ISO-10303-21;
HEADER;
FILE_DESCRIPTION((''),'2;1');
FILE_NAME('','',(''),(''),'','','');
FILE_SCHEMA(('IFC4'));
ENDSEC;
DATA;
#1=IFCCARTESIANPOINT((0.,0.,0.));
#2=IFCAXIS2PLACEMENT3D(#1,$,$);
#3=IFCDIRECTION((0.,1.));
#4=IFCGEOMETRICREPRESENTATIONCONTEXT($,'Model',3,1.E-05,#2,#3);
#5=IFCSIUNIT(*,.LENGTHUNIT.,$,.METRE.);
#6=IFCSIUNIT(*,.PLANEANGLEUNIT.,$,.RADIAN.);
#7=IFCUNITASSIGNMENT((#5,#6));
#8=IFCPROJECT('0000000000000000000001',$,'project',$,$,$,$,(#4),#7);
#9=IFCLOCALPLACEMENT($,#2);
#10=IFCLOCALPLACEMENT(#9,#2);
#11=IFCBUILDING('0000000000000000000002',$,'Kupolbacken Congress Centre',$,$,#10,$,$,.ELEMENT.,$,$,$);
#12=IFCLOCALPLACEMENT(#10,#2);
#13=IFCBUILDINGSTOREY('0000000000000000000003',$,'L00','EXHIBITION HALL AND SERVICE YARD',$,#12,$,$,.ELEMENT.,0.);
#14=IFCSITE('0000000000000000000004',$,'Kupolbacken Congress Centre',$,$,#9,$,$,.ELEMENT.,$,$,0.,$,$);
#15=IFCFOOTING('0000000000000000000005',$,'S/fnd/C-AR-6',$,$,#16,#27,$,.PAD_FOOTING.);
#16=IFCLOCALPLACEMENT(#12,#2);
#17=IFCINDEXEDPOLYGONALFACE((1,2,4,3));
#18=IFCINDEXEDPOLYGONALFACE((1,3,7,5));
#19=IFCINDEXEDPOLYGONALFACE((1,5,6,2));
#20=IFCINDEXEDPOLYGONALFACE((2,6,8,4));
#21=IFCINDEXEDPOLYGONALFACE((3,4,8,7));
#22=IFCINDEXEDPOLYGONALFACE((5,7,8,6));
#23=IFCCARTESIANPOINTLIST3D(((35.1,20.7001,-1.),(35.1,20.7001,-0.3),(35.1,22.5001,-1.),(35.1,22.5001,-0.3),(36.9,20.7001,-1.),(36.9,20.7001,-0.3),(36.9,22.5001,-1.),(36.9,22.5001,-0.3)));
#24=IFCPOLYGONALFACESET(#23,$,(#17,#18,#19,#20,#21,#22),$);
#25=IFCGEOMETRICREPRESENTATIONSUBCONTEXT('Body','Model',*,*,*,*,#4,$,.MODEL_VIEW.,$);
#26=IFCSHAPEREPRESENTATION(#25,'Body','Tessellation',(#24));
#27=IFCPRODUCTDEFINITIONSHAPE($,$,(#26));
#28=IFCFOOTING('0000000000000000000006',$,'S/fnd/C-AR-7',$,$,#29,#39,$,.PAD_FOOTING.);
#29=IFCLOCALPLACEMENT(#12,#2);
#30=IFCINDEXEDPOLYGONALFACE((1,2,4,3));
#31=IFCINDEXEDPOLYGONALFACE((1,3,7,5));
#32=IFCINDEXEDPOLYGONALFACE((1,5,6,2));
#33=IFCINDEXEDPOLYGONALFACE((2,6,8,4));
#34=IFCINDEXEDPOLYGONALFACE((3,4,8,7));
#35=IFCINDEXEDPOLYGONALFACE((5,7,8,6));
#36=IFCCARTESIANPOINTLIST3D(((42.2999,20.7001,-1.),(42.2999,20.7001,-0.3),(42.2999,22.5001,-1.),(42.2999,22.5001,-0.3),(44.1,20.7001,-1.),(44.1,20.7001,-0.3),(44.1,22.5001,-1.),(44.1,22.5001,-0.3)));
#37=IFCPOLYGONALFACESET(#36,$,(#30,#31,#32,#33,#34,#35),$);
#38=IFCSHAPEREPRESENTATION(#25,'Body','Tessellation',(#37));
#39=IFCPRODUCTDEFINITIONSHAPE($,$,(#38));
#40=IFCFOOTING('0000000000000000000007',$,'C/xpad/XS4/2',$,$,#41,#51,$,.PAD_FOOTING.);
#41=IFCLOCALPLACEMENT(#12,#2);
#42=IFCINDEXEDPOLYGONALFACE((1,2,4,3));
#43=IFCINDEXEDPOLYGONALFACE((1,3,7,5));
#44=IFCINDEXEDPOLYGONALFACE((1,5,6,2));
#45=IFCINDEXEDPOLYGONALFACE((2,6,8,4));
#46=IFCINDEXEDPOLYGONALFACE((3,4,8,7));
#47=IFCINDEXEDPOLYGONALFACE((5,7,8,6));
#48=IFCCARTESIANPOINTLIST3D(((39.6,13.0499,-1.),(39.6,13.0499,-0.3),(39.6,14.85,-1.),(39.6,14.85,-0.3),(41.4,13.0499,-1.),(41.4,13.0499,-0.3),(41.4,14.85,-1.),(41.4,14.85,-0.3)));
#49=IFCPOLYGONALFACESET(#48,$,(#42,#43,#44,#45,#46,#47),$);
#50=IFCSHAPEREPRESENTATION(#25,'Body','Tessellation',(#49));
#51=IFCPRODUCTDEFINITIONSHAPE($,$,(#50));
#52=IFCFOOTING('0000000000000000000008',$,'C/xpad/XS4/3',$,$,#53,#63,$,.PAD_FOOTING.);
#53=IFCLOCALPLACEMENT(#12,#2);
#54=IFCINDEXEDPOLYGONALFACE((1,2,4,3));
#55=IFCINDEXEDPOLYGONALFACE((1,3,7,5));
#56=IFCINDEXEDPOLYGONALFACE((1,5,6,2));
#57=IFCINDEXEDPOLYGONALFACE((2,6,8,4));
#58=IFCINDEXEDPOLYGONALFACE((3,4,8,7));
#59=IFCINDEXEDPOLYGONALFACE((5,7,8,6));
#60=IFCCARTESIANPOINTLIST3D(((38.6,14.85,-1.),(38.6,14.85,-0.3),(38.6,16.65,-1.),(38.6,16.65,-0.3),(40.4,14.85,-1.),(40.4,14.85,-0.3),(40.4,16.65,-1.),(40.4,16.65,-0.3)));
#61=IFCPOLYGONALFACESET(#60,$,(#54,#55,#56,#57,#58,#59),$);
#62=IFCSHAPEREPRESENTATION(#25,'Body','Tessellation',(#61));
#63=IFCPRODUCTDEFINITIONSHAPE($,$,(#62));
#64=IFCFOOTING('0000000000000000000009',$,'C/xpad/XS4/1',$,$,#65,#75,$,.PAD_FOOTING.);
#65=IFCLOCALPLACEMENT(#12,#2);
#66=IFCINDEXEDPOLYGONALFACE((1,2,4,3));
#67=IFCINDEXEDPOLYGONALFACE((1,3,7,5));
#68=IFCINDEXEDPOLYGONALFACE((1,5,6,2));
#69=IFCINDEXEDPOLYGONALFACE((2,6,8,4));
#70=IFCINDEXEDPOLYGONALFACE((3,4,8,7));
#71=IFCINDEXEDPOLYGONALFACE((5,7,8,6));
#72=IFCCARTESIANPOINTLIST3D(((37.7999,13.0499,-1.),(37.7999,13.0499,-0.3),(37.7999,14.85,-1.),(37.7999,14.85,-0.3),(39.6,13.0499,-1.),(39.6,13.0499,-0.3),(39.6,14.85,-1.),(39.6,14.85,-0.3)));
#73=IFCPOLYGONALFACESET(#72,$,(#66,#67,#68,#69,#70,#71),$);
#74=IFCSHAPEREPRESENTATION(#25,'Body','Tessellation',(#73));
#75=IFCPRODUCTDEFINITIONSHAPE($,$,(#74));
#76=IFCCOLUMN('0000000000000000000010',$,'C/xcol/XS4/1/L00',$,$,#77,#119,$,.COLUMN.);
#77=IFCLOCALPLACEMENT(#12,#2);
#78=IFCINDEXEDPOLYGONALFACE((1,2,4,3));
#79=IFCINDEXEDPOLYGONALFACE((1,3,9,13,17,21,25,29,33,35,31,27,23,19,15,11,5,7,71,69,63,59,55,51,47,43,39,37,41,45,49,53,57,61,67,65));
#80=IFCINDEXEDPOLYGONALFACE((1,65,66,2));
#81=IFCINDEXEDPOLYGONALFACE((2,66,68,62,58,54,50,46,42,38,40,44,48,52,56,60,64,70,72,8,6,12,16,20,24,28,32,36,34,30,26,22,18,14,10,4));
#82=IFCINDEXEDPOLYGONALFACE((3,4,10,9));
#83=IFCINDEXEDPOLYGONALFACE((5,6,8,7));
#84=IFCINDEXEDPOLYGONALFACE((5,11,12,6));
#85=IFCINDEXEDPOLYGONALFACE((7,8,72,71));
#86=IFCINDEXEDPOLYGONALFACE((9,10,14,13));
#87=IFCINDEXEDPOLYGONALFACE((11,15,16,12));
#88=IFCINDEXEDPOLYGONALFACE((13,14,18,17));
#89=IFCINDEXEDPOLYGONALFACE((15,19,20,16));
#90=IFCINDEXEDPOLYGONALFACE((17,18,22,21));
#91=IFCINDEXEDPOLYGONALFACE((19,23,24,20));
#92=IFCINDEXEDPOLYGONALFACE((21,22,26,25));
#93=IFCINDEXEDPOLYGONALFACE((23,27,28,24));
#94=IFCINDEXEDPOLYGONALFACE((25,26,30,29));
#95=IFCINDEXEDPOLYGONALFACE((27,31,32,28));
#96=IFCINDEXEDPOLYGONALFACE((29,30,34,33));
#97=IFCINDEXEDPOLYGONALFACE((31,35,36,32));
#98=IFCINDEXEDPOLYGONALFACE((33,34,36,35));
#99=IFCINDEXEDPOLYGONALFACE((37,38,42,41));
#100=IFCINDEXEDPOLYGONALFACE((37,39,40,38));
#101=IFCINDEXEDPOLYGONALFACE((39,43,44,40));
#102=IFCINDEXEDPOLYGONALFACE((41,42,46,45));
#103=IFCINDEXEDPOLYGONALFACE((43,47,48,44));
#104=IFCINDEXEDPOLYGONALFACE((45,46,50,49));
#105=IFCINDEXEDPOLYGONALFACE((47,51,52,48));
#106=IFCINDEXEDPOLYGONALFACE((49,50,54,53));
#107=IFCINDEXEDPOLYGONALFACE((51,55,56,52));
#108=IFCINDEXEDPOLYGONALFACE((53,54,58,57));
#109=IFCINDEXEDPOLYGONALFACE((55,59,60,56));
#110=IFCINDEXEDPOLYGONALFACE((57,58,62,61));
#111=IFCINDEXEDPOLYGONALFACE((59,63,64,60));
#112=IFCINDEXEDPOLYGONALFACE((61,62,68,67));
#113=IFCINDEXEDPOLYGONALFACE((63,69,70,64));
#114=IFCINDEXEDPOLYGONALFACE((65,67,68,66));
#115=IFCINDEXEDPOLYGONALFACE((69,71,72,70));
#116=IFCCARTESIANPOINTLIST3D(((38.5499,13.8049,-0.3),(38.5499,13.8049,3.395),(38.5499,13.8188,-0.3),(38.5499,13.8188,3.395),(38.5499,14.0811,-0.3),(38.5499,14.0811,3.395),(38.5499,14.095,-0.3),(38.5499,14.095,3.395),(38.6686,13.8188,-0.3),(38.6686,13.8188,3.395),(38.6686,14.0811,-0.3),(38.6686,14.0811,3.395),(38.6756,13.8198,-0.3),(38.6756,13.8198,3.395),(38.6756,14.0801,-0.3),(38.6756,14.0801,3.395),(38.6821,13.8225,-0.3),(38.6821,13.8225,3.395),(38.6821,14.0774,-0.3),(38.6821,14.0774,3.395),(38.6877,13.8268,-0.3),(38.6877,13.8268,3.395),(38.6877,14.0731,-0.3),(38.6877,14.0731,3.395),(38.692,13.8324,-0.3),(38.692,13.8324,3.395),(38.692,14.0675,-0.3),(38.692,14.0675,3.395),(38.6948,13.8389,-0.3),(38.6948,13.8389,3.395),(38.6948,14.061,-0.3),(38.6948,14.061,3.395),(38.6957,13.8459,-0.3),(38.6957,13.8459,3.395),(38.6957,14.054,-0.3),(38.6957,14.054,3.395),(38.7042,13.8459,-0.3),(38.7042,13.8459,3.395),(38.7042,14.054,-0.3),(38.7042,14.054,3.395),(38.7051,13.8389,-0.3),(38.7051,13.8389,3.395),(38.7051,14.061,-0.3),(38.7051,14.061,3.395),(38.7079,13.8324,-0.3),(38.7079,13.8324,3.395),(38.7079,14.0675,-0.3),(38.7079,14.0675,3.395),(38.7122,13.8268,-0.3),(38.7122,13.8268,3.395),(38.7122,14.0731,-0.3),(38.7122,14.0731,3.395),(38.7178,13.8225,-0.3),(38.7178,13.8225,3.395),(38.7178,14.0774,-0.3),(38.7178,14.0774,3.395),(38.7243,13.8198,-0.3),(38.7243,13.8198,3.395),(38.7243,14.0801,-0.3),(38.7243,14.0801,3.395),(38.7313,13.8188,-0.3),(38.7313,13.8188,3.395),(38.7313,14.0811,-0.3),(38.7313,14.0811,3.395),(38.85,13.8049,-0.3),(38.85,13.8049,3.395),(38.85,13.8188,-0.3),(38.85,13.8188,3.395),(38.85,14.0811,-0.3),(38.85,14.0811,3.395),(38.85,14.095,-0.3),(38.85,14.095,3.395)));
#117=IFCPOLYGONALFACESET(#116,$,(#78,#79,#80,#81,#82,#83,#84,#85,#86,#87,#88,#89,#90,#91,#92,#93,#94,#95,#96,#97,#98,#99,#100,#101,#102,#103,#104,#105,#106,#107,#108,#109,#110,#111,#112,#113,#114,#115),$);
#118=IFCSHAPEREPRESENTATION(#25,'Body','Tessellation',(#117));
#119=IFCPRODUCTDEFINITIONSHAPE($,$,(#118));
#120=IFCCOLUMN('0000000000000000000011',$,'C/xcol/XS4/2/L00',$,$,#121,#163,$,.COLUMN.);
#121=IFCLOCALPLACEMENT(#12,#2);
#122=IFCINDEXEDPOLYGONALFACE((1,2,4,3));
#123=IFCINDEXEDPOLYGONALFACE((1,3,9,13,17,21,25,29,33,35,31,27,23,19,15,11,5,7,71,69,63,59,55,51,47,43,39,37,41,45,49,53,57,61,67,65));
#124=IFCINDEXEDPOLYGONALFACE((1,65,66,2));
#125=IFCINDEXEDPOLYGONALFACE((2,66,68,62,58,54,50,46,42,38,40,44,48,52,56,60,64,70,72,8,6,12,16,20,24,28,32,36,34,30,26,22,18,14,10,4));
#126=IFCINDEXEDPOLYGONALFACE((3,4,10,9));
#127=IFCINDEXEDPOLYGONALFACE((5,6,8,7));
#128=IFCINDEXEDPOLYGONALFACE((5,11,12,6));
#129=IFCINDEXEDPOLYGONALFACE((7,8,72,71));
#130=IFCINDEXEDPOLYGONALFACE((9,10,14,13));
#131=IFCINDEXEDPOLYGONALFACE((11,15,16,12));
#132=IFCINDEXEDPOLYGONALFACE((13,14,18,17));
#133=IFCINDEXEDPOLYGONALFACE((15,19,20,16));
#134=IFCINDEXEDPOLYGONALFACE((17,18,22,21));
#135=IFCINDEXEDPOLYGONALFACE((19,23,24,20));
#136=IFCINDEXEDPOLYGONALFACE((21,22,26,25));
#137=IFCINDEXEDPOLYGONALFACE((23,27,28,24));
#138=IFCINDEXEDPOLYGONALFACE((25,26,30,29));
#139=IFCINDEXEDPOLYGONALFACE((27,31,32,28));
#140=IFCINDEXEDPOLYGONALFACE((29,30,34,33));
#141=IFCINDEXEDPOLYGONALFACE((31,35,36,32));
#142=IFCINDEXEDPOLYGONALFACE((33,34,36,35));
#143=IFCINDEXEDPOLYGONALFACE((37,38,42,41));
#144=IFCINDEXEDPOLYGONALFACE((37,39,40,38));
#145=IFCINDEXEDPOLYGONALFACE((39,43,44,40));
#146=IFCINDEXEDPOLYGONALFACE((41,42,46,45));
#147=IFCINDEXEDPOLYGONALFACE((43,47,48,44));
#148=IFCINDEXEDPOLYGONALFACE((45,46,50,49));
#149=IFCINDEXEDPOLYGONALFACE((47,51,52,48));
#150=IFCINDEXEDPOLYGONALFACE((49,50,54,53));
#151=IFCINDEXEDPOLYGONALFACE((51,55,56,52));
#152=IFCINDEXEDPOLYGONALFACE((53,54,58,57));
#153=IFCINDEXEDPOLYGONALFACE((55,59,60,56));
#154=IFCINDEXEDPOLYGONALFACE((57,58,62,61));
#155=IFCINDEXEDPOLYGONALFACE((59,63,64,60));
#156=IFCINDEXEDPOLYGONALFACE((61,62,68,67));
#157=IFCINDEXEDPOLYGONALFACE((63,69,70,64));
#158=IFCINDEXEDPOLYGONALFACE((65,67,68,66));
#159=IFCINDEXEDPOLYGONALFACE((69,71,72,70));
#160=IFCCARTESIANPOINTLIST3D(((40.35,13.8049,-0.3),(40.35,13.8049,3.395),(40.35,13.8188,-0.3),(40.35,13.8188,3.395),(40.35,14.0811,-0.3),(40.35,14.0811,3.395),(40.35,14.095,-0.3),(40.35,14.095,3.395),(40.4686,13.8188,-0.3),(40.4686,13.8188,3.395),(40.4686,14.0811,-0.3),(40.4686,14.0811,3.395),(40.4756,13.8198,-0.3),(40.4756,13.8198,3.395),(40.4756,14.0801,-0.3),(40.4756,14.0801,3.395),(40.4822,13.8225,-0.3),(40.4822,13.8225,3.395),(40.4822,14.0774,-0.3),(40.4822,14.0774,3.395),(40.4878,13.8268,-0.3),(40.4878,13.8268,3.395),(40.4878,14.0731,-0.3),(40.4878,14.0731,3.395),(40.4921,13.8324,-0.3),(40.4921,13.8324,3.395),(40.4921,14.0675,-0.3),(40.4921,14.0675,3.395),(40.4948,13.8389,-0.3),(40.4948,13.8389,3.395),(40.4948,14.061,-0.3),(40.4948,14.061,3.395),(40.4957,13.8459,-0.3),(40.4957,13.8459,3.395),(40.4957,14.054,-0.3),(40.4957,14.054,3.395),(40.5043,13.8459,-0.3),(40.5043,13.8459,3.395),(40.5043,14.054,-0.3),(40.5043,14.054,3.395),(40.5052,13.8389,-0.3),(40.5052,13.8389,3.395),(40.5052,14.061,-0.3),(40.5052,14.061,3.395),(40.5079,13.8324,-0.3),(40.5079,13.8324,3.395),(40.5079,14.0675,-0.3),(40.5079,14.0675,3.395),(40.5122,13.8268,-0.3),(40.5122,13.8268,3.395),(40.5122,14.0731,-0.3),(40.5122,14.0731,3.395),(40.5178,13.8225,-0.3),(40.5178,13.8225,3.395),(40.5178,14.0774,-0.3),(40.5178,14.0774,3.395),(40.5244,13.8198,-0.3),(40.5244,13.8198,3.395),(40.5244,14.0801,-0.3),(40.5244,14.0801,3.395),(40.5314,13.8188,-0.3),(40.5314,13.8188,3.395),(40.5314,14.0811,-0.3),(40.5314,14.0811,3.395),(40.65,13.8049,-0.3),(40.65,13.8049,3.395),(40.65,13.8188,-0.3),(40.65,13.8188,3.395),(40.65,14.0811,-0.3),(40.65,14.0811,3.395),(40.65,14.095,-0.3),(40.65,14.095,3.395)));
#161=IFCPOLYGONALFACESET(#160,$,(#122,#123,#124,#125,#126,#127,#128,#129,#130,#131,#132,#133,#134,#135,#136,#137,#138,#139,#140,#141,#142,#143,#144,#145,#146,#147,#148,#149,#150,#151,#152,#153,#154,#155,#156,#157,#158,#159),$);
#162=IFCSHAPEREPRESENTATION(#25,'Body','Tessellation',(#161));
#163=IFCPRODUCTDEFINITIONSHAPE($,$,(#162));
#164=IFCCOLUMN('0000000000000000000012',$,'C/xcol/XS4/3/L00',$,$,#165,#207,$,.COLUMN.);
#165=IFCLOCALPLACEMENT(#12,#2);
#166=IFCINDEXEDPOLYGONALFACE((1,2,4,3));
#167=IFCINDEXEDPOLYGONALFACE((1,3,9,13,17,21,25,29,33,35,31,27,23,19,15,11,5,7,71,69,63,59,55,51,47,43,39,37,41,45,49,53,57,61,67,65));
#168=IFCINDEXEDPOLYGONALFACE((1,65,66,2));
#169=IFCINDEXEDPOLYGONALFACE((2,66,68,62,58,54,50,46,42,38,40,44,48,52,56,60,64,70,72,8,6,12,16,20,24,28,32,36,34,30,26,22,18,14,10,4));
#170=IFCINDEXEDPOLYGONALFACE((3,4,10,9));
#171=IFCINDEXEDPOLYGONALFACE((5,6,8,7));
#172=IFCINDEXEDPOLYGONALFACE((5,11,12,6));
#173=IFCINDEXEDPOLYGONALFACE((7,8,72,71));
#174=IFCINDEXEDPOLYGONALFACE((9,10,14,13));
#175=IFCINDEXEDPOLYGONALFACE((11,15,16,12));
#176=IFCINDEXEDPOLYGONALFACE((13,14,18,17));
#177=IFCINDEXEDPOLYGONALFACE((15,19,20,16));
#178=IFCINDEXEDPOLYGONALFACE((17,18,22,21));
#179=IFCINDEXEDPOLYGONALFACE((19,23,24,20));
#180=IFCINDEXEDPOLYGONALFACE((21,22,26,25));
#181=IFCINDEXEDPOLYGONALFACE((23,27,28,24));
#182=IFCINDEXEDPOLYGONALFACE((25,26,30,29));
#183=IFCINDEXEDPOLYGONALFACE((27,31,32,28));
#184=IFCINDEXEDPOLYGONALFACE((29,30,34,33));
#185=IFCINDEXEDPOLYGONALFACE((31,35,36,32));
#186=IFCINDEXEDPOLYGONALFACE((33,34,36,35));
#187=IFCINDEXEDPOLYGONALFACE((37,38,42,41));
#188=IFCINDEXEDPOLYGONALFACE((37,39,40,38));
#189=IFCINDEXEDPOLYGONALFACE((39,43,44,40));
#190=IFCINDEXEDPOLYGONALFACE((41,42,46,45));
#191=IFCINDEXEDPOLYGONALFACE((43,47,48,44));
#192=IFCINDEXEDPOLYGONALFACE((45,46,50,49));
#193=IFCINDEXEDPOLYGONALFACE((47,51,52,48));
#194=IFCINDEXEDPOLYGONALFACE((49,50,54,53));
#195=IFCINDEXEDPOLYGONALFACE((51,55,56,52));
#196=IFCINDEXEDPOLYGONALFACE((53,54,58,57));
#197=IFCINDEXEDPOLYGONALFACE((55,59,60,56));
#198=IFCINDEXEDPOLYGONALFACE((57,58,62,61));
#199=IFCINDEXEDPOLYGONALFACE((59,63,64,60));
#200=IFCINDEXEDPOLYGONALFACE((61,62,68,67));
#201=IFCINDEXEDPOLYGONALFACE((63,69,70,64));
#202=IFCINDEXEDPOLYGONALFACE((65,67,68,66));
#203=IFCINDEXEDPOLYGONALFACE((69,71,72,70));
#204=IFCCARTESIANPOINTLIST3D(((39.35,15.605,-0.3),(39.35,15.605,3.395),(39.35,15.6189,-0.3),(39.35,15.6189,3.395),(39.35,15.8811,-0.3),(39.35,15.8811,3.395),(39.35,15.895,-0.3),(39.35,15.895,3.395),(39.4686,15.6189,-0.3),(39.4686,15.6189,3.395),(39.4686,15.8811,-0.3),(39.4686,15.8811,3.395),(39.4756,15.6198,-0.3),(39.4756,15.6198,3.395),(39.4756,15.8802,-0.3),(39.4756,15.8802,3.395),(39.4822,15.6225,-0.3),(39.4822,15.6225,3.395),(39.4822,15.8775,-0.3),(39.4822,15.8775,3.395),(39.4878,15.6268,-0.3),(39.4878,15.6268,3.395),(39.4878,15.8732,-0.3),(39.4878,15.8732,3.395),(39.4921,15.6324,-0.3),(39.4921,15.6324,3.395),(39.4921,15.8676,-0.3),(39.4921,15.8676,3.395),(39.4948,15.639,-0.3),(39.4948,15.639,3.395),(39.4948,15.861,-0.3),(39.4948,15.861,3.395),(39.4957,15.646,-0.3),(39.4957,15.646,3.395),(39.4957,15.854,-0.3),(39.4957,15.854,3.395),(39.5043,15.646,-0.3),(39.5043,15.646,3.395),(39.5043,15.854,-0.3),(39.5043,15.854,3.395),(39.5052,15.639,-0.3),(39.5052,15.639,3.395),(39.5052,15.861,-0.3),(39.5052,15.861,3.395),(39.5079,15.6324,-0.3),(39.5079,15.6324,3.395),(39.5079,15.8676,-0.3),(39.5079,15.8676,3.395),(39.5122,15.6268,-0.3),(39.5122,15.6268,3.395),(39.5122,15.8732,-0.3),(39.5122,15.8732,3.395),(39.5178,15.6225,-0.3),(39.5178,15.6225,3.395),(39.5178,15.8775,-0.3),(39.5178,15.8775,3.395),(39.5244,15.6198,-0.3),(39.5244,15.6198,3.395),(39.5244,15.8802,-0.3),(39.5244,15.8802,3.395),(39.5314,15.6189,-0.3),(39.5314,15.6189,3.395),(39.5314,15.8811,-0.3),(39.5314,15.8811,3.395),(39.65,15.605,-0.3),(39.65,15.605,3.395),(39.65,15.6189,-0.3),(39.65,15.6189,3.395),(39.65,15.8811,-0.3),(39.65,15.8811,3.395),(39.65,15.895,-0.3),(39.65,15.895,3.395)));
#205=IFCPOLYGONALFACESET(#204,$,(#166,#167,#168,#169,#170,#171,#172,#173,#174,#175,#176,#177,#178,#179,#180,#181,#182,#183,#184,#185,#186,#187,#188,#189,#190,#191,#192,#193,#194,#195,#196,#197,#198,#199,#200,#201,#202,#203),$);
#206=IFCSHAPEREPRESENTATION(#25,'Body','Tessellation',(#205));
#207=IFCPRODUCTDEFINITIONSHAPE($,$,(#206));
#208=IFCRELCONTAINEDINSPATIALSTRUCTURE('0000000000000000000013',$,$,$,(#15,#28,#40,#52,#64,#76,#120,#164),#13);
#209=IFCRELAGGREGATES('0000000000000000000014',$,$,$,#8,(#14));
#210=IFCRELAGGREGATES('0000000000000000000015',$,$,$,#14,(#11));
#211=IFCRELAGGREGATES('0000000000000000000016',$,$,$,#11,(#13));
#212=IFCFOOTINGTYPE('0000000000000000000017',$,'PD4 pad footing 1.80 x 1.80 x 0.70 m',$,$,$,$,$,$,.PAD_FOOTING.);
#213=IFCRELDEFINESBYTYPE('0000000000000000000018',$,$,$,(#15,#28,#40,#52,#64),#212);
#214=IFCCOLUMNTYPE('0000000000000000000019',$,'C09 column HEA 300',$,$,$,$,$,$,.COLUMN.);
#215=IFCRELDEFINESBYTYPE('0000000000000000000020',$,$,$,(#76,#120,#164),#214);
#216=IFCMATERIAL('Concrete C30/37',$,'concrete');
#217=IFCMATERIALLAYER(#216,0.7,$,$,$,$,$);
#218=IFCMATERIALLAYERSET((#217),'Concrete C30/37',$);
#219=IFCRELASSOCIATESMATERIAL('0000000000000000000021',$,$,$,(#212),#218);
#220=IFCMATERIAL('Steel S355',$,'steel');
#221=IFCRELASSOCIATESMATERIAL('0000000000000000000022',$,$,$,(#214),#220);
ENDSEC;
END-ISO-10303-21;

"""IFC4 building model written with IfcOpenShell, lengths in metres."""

from ifc_helpers import new_model, si_unit, direction, frame, origin, origin_2d, place, context, subcontext, project, spatial, rectangle, i_section, extrude, material, layer, layer_set, material_profile, profile_set, type_object, element, save


model = new_model("IFC4")

# Units and contexts
model_context = context("Model", 3, precision=1e-05, world=origin(), true_north=direction((0.0, 1.0)))
body_context = subcontext(model_context, "Body", "Model", "MODEL_VIEW")
ifc_project = project(units=[si_unit("LENGTHUNIT", "METRE"), si_unit("PLANEANGLEUNIT", "RADIAN")], contexts=[model_context])

# Site, building, storey
site_placement = place(None, origin())
site = spatial("IfcSite", under=ifc_project, at=site_placement, Name="Kupolbacken Congress Centre", CompositionType="ELEMENT", RefElevation=0.0)
building_placement = place(site_placement, origin())
building = spatial("IfcBuilding", under=site, at=building_placement, Name="Kupolbacken Congress Centre", CompositionType="ELEMENT")
storey_placement = place(building_placement, origin())
storey = spatial("IfcBuildingStorey", under=building, at=storey_placement, Name="L00", Description="EXHIBITION HALL AND SERVICE YARD", CompositionType="ELEMENT", Elevation=0.0)

# Footings
ifc_material_1 = material(Name="Concrete C30/37", Category="concrete")
ifc_layer_1 = layer(ifc_material_1, 0.7)
ifc_layer_set_1 = layer_set([ifc_layer_1], Name="Concrete C30/37")
footing_type = type_object("IfcFootingType", Name="PD4 pad footing 1.80 x 1.80 x 0.70 m", PredefinedType="PAD_FOOTING", material=ifc_layer_set_1)
for number, where, z_axis, x_axis, name in (
    (1, (36.0, 21.6001, -1.0), (0.0, 0.0, 1.0), (1.0, 0.0, 0.0), "S/fnd/C-AR-6"),
    (2, (43.2, 21.6001, -1.0), (0.0, 0.0, 1.0), (1.0, 0.0, 0.0), "S/fnd/C-AR-7"),
    (3, (40.5, 13.95, -1.0), (0.0, 0.0, 1.0), (1.0, 0.0, 0.0), "C/xpad/XS4/2"),
    (4, (39.5, 15.75, -1.0), (0.0, 0.0, 1.0), (1.0, 0.0, 0.0), "C/xpad/XS4/3"),
    (5, (38.7, 13.95, -1.0), (0.0, 0.0, 1.0), (1.0, 0.0, 0.0), "C/xpad/XS4/1"),
):
    element("IfcFooting", number, at=place(storey_placement, frame(where, z_axis=z_axis, x_axis=x_axis)), inside=storey, type_object=footing_type, Name=name, PredefinedType="PAD_FOOTING", context=body_context, shape_type="SweptSolid", body=[
        extrude(rectangle(XDim=1.8, YDim=1.8, at=origin_2d()), origin(), (0.0, 0.0, 1.0), 0.7),
    ])

# Columns
ifc_material_2 = material(Name="Steel S355", Category="steel")
ifc_material_profile_1 = material_profile(ifc_material_2, i_section(OverallWidth=0.3, OverallDepth=0.29, WebThickness=0.0085, FlangeThickness=0.0139, FilletRadius=0.0271, at=origin_2d()), Name="HEA 300")
ifc_profile_set_1 = profile_set([ifc_material_profile_1], Name="Steel S355")
column_type_1 = type_object("IfcColumnType", Name="C09 column HEA 300", PredefinedType="COLUMN", material=ifc_profile_set_1)
for number, where, z_axis, x_axis, name in (
    (6, (38.7, 13.95, -0.3), (0.0, 0.0, 1.0), (1.0, 0.0, 0.0), "C/xcol/XS4/1/L00"),
    (7, (40.5, 13.95, -0.3), (0.0, 0.0, 1.0), (1.0, 0.0, 0.0), "C/xcol/XS4/2/L00"),
    (8, (39.5, 15.75, -0.3), (0.0, 0.0, 1.0), (1.0, 0.0, 0.0), "C/xcol/XS4/3/L00"),
):
    element("IfcColumn", number, at=place(storey_placement, frame(where, z_axis=z_axis, x_axis=x_axis)), inside=storey, type_object=column_type_1, Name=name, PredefinedType="COLUMN", context=body_context, shape_type="SweptSolid", body=[
        extrude(i_section(OverallWidth=0.3, OverallDepth=0.29, WebThickness=0.0085, FlangeThickness=0.0139, FilletRadius=0.0271, at=origin_2d()), origin(), (0.0, 0.0, 1.0), 3.6951),
    ])

save(model, "model.ifc")
